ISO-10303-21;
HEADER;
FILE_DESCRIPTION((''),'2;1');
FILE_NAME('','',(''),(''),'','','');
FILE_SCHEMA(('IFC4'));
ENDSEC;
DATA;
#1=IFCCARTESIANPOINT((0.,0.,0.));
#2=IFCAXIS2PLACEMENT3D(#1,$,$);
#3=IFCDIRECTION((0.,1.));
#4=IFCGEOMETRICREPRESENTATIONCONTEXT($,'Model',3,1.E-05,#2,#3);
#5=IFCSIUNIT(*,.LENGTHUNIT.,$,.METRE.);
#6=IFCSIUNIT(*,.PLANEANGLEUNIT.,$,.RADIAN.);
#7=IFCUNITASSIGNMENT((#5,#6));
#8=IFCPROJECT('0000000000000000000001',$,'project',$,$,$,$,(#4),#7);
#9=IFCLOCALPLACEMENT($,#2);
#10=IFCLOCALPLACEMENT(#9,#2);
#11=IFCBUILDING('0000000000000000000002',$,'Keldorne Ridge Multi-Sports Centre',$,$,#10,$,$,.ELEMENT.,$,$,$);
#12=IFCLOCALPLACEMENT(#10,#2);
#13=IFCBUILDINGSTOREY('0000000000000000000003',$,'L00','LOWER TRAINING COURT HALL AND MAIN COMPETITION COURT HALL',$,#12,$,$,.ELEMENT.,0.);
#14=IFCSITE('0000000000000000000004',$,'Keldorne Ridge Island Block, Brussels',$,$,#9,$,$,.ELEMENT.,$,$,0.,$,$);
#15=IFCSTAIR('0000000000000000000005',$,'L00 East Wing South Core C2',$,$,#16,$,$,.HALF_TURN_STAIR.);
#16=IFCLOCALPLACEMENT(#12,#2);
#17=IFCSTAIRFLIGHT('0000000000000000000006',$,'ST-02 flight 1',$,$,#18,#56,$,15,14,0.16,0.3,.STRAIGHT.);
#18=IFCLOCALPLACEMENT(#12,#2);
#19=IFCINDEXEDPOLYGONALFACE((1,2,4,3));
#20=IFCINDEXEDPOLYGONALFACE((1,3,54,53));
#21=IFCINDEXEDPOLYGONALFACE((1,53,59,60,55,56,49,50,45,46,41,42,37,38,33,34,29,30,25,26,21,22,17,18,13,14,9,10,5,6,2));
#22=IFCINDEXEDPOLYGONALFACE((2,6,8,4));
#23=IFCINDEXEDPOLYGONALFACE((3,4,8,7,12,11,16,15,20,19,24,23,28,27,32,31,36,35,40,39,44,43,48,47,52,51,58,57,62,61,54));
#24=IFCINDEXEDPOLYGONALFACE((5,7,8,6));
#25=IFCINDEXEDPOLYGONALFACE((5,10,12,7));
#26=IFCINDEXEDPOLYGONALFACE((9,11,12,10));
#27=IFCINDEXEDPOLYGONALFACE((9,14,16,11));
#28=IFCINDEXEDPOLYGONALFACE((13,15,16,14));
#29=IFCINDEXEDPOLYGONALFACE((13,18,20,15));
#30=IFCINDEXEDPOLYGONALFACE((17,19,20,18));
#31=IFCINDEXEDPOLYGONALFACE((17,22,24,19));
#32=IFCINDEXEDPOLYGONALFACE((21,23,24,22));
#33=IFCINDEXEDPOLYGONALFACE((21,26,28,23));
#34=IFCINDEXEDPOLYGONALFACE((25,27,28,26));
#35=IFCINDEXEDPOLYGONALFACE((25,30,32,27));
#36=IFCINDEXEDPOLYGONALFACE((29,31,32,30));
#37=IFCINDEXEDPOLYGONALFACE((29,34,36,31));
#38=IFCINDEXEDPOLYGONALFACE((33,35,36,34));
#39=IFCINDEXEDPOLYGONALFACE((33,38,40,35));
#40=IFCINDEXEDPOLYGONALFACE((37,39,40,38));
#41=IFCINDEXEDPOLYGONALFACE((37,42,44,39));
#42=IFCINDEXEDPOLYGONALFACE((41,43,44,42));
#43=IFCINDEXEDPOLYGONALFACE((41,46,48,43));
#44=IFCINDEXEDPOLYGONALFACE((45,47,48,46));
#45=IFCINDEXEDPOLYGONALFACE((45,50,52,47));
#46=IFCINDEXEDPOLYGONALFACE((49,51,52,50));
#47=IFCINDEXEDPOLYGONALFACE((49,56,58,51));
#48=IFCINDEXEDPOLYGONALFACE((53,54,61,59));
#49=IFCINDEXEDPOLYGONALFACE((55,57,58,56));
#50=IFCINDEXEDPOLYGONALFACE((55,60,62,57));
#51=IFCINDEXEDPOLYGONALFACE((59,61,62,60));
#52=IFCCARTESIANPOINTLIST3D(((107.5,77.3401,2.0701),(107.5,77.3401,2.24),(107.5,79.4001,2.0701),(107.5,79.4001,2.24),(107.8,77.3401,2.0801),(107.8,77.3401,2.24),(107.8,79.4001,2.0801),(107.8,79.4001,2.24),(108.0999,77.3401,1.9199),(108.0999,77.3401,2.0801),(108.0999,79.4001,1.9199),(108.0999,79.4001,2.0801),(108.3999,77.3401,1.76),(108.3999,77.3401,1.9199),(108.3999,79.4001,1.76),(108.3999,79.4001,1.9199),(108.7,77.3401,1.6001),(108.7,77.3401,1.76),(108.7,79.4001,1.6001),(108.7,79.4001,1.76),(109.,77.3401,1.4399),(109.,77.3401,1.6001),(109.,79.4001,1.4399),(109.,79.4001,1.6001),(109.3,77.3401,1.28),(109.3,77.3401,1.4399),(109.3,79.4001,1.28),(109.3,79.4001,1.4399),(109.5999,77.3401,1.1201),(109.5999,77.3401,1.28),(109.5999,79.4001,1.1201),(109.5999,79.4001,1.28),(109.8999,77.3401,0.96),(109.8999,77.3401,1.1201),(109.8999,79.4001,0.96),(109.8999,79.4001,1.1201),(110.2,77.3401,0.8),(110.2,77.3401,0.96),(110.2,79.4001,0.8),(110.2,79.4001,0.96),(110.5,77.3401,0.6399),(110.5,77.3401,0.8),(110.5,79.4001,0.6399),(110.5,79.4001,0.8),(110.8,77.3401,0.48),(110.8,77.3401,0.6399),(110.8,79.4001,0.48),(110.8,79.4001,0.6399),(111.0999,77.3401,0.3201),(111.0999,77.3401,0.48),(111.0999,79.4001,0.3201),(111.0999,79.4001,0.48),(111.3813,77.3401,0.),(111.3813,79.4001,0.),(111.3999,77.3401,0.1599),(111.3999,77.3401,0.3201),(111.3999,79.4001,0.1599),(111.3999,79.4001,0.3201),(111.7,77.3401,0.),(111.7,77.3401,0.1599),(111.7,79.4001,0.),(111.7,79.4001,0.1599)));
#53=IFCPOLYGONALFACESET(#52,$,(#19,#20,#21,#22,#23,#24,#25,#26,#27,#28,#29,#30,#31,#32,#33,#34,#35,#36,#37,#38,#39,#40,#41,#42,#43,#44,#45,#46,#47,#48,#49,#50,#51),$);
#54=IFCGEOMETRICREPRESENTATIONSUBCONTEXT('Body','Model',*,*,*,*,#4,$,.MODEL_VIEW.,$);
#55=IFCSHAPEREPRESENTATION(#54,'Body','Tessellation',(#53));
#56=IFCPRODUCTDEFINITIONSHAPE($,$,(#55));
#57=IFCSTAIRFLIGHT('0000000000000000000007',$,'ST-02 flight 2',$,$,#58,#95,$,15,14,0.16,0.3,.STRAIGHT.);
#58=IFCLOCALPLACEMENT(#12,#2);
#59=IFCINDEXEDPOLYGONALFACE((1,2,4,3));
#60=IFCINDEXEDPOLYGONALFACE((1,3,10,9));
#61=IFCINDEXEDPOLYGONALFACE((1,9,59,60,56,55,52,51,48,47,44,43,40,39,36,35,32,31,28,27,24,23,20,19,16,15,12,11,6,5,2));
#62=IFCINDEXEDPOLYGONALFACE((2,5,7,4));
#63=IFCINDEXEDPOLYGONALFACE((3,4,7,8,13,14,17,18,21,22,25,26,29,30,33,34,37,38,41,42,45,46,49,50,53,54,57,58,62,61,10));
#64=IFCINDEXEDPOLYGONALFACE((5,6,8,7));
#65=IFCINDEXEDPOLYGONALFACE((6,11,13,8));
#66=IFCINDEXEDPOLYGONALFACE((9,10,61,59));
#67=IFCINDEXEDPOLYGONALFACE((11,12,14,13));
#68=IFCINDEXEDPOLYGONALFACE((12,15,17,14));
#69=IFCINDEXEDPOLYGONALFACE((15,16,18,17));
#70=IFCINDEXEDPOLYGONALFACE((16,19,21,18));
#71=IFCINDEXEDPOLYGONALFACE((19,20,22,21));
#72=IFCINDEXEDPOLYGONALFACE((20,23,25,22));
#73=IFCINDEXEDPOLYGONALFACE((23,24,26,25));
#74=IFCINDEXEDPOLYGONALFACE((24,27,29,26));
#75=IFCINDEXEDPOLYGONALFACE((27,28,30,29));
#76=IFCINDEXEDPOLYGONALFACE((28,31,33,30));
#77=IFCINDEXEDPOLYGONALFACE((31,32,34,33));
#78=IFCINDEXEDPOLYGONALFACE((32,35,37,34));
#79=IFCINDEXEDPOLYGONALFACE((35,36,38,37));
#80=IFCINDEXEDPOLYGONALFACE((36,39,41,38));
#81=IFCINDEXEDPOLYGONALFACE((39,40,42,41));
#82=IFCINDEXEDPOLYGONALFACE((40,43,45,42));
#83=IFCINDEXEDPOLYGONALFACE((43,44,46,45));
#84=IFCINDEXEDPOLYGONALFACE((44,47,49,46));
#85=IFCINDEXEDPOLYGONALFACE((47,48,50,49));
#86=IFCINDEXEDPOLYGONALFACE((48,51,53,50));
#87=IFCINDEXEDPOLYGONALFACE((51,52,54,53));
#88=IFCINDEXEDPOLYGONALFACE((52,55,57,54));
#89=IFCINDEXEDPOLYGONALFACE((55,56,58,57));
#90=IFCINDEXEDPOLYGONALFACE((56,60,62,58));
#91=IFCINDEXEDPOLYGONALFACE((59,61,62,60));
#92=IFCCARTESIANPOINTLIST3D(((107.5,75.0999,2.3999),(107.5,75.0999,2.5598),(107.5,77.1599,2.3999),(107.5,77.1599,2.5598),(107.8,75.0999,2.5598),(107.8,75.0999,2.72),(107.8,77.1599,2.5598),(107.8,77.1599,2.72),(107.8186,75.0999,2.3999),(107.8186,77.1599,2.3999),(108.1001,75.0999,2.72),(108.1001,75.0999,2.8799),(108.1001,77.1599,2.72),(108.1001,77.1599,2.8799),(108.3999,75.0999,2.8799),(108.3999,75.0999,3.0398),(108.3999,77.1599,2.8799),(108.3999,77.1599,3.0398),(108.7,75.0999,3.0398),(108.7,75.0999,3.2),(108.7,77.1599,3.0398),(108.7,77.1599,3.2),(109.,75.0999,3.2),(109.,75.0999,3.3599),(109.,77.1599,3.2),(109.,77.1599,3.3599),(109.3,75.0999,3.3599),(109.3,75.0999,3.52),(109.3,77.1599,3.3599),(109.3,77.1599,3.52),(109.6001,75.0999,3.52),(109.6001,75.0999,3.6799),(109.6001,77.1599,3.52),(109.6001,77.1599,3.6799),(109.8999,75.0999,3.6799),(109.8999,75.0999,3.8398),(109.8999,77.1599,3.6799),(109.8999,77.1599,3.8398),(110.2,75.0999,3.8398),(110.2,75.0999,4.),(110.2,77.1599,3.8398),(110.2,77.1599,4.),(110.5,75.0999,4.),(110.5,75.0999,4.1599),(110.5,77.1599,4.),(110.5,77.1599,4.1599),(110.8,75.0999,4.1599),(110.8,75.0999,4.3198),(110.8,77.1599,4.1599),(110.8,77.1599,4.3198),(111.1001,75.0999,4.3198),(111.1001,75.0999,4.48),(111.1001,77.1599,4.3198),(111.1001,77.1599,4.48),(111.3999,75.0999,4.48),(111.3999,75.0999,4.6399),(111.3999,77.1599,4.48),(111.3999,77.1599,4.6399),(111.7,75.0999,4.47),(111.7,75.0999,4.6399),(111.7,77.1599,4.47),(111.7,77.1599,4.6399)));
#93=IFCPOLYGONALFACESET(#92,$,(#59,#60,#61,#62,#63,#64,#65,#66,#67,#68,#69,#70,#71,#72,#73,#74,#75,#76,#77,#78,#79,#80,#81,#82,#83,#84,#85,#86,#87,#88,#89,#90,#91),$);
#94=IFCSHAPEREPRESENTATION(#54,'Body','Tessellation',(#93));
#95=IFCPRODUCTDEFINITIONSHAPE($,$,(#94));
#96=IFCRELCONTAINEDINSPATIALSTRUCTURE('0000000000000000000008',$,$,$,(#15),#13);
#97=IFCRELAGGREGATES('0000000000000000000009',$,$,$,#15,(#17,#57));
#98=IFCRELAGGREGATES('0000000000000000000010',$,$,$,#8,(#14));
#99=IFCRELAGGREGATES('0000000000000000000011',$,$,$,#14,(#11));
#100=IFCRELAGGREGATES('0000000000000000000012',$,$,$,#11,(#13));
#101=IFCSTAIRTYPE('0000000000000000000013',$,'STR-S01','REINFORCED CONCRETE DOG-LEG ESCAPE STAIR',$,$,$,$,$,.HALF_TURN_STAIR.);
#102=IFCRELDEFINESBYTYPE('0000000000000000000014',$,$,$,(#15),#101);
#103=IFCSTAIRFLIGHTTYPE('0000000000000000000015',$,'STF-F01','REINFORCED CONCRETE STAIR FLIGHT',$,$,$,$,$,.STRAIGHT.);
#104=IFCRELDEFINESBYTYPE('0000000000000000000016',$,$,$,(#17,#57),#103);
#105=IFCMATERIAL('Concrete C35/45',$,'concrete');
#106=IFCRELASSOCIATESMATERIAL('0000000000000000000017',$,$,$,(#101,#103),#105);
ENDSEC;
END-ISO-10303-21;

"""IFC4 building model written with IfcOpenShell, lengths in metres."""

from ifc_helpers import new_model, si_unit, direction, frame, origin, place, context, subcontext, project, spatial, polyline, outline, extrude, material, type_object, element, aggregate, save


model = new_model("IFC4")

# Units and contexts
model_context = context("Model", 3, precision=1e-05, world=origin(), true_north=direction((0.0, 1.0)))
body_context = subcontext(model_context, "Body", "Model", "MODEL_VIEW")
ifc_project = project(units=[si_unit("LENGTHUNIT", "METRE"), si_unit("PLANEANGLEUNIT", "RADIAN")], contexts=[model_context])

# Site, building, storey
site_placement = place(None, origin())
site = spatial("IfcSite", under=ifc_project, at=site_placement, Name="Keldorne Ridge Island Block, Brussels", CompositionType="ELEMENT", RefElevation=0.0)
building_placement = place(site_placement, origin())
building = spatial("IfcBuilding", under=site, at=building_placement, Name="Keldorne Ridge Multi-Sports Centre", CompositionType="ELEMENT")
storey_placement = place(building_placement, origin())
storey = spatial("IfcBuildingStorey", under=building, at=storey_placement, Name="L00", Description="LOWER TRAINING COURT HALL AND MAIN COMPETITION COURT HALL", CompositionType="ELEMENT", Elevation=0.0)

# Stair, stair flights
ifc_material_1 = material(Name="Concrete C35/45", Category="concrete")
stair_type = type_object("IfcStairType", Name="STR-S01", Description="REINFORCED CONCRETE DOG-LEG ESCAPE STAIR", PredefinedType="HALF_TURN_STAIR", material=ifc_material_1)
stair_placement = place(storey_placement, origin())
stair = element("IfcStair", 1, at=stair_placement, inside=storey, type_object=stair_type, Name="L00 East Wing South Core C2", PredefinedType="HALF_TURN_STAIR")
stair_flight_type = type_object("IfcStairFlightType", Name="STF-F01", Description="REINFORCED CONCRETE STAIR FLIGHT", PredefinedType="STRAIGHT", material=ifc_material_1)
stair_flight_1_placement = place(storey_placement, frame((111.7, 78.3701, 0.0), z_axis=(0.0, 0.0, 1.0), x_axis=(-1.0, 0.0, 0.0)))
stair_flight_1 = element("IfcStairFlight", 2, at=stair_flight_1_placement, type_object=stair_flight_type, Name="ST-02 flight 1", NumberOfRisers=15, NumberOfTreads=14, PredefinedType="STRAIGHT", RiserHeight=0.16, TreadLength=0.3, context=body_context, shape_type="SweptSolid", body=[
    extrude(outline(polyline([(0.0, 0.0), (0.0, 0.1599), (0.3, 0.1599), (0.3, 0.3201), (0.6001, 0.3201), (0.6001, 0.48), (0.8999, 0.48), (0.8999, 0.6399), (1.2, 0.6399), (1.2, 0.8), (1.5, 0.8), (1.5, 0.96), (1.8, 0.96), (1.8, 1.1201), (2.1001, 1.1201), (2.1001, 1.28), (2.3999, 1.28), (2.3999, 1.4399), (2.7, 1.4399), (2.7, 1.6001), (3.0, 1.6001), (3.0, 1.76), (3.3, 1.76), (3.3, 1.9199), (3.6001, 1.9199), (3.6001, 2.0801), (3.8999, 2.0801), (3.8999, 2.24), (4.2, 2.24), (4.2, 2.3999), (4.2, 2.0701), (0.3186, 0.0), (0.0, 0.0)])), frame((0.0, 1.03, 0.0), z_axis=(0.0, -1.0, 0.0), x_axis=(1.0, 0.0, 0.0)), (0.0, 0.0, 1.0), 2.0601),
])
stair_flight_2_placement = place(storey_placement, frame((107.5, 76.1299, 2.3999), z_axis=(0.0, 0.0, 1.0), x_axis=(1.0, 0.0, 0.0)))
stair_flight_2 = element("IfcStairFlight", 3, at=stair_flight_2_placement, type_object=stair_flight_type, Name="ST-02 flight 2", NumberOfRisers=15, NumberOfTreads=14, PredefinedType="STRAIGHT", RiserHeight=0.16, TreadLength=0.3, context=body_context, shape_type="SweptSolid", body=[
    extrude(outline(polyline([(0.0, 0.0), (0.0, 0.1599), (0.3, 0.1599), (0.3, 0.3201), (0.6001, 0.3201), (0.6001, 0.48), (0.8999, 0.48), (0.8999, 0.6399), (1.2, 0.6399), (1.2, 0.8), (1.5, 0.8), (1.5, 0.96), (1.8, 0.96), (1.8, 1.1201), (2.1001, 1.1201), (2.1001, 1.28), (2.3999, 1.28), (2.3999, 1.4399), (2.7, 1.4399), (2.7, 1.6001), (3.0, 1.6001), (3.0, 1.76), (3.3, 1.76), (3.3, 1.9199), (3.6001, 1.9199), (3.6001, 2.0801), (3.8999, 2.0801), (3.8999, 2.24), (4.2, 2.24), (4.2, 2.3999), (4.2, 2.0701), (0.3186, 0.0), (0.0, 0.0)])), frame((0.0, 1.03, 0.0), z_axis=(0.0, -1.0, 0.0), x_axis=(1.0, 0.0, 0.0)), (0.0, 0.0, 1.0), 2.0601),
])
aggregate(stair, [stair_flight_1, stair_flight_2])

save(model, "model.ifc")
